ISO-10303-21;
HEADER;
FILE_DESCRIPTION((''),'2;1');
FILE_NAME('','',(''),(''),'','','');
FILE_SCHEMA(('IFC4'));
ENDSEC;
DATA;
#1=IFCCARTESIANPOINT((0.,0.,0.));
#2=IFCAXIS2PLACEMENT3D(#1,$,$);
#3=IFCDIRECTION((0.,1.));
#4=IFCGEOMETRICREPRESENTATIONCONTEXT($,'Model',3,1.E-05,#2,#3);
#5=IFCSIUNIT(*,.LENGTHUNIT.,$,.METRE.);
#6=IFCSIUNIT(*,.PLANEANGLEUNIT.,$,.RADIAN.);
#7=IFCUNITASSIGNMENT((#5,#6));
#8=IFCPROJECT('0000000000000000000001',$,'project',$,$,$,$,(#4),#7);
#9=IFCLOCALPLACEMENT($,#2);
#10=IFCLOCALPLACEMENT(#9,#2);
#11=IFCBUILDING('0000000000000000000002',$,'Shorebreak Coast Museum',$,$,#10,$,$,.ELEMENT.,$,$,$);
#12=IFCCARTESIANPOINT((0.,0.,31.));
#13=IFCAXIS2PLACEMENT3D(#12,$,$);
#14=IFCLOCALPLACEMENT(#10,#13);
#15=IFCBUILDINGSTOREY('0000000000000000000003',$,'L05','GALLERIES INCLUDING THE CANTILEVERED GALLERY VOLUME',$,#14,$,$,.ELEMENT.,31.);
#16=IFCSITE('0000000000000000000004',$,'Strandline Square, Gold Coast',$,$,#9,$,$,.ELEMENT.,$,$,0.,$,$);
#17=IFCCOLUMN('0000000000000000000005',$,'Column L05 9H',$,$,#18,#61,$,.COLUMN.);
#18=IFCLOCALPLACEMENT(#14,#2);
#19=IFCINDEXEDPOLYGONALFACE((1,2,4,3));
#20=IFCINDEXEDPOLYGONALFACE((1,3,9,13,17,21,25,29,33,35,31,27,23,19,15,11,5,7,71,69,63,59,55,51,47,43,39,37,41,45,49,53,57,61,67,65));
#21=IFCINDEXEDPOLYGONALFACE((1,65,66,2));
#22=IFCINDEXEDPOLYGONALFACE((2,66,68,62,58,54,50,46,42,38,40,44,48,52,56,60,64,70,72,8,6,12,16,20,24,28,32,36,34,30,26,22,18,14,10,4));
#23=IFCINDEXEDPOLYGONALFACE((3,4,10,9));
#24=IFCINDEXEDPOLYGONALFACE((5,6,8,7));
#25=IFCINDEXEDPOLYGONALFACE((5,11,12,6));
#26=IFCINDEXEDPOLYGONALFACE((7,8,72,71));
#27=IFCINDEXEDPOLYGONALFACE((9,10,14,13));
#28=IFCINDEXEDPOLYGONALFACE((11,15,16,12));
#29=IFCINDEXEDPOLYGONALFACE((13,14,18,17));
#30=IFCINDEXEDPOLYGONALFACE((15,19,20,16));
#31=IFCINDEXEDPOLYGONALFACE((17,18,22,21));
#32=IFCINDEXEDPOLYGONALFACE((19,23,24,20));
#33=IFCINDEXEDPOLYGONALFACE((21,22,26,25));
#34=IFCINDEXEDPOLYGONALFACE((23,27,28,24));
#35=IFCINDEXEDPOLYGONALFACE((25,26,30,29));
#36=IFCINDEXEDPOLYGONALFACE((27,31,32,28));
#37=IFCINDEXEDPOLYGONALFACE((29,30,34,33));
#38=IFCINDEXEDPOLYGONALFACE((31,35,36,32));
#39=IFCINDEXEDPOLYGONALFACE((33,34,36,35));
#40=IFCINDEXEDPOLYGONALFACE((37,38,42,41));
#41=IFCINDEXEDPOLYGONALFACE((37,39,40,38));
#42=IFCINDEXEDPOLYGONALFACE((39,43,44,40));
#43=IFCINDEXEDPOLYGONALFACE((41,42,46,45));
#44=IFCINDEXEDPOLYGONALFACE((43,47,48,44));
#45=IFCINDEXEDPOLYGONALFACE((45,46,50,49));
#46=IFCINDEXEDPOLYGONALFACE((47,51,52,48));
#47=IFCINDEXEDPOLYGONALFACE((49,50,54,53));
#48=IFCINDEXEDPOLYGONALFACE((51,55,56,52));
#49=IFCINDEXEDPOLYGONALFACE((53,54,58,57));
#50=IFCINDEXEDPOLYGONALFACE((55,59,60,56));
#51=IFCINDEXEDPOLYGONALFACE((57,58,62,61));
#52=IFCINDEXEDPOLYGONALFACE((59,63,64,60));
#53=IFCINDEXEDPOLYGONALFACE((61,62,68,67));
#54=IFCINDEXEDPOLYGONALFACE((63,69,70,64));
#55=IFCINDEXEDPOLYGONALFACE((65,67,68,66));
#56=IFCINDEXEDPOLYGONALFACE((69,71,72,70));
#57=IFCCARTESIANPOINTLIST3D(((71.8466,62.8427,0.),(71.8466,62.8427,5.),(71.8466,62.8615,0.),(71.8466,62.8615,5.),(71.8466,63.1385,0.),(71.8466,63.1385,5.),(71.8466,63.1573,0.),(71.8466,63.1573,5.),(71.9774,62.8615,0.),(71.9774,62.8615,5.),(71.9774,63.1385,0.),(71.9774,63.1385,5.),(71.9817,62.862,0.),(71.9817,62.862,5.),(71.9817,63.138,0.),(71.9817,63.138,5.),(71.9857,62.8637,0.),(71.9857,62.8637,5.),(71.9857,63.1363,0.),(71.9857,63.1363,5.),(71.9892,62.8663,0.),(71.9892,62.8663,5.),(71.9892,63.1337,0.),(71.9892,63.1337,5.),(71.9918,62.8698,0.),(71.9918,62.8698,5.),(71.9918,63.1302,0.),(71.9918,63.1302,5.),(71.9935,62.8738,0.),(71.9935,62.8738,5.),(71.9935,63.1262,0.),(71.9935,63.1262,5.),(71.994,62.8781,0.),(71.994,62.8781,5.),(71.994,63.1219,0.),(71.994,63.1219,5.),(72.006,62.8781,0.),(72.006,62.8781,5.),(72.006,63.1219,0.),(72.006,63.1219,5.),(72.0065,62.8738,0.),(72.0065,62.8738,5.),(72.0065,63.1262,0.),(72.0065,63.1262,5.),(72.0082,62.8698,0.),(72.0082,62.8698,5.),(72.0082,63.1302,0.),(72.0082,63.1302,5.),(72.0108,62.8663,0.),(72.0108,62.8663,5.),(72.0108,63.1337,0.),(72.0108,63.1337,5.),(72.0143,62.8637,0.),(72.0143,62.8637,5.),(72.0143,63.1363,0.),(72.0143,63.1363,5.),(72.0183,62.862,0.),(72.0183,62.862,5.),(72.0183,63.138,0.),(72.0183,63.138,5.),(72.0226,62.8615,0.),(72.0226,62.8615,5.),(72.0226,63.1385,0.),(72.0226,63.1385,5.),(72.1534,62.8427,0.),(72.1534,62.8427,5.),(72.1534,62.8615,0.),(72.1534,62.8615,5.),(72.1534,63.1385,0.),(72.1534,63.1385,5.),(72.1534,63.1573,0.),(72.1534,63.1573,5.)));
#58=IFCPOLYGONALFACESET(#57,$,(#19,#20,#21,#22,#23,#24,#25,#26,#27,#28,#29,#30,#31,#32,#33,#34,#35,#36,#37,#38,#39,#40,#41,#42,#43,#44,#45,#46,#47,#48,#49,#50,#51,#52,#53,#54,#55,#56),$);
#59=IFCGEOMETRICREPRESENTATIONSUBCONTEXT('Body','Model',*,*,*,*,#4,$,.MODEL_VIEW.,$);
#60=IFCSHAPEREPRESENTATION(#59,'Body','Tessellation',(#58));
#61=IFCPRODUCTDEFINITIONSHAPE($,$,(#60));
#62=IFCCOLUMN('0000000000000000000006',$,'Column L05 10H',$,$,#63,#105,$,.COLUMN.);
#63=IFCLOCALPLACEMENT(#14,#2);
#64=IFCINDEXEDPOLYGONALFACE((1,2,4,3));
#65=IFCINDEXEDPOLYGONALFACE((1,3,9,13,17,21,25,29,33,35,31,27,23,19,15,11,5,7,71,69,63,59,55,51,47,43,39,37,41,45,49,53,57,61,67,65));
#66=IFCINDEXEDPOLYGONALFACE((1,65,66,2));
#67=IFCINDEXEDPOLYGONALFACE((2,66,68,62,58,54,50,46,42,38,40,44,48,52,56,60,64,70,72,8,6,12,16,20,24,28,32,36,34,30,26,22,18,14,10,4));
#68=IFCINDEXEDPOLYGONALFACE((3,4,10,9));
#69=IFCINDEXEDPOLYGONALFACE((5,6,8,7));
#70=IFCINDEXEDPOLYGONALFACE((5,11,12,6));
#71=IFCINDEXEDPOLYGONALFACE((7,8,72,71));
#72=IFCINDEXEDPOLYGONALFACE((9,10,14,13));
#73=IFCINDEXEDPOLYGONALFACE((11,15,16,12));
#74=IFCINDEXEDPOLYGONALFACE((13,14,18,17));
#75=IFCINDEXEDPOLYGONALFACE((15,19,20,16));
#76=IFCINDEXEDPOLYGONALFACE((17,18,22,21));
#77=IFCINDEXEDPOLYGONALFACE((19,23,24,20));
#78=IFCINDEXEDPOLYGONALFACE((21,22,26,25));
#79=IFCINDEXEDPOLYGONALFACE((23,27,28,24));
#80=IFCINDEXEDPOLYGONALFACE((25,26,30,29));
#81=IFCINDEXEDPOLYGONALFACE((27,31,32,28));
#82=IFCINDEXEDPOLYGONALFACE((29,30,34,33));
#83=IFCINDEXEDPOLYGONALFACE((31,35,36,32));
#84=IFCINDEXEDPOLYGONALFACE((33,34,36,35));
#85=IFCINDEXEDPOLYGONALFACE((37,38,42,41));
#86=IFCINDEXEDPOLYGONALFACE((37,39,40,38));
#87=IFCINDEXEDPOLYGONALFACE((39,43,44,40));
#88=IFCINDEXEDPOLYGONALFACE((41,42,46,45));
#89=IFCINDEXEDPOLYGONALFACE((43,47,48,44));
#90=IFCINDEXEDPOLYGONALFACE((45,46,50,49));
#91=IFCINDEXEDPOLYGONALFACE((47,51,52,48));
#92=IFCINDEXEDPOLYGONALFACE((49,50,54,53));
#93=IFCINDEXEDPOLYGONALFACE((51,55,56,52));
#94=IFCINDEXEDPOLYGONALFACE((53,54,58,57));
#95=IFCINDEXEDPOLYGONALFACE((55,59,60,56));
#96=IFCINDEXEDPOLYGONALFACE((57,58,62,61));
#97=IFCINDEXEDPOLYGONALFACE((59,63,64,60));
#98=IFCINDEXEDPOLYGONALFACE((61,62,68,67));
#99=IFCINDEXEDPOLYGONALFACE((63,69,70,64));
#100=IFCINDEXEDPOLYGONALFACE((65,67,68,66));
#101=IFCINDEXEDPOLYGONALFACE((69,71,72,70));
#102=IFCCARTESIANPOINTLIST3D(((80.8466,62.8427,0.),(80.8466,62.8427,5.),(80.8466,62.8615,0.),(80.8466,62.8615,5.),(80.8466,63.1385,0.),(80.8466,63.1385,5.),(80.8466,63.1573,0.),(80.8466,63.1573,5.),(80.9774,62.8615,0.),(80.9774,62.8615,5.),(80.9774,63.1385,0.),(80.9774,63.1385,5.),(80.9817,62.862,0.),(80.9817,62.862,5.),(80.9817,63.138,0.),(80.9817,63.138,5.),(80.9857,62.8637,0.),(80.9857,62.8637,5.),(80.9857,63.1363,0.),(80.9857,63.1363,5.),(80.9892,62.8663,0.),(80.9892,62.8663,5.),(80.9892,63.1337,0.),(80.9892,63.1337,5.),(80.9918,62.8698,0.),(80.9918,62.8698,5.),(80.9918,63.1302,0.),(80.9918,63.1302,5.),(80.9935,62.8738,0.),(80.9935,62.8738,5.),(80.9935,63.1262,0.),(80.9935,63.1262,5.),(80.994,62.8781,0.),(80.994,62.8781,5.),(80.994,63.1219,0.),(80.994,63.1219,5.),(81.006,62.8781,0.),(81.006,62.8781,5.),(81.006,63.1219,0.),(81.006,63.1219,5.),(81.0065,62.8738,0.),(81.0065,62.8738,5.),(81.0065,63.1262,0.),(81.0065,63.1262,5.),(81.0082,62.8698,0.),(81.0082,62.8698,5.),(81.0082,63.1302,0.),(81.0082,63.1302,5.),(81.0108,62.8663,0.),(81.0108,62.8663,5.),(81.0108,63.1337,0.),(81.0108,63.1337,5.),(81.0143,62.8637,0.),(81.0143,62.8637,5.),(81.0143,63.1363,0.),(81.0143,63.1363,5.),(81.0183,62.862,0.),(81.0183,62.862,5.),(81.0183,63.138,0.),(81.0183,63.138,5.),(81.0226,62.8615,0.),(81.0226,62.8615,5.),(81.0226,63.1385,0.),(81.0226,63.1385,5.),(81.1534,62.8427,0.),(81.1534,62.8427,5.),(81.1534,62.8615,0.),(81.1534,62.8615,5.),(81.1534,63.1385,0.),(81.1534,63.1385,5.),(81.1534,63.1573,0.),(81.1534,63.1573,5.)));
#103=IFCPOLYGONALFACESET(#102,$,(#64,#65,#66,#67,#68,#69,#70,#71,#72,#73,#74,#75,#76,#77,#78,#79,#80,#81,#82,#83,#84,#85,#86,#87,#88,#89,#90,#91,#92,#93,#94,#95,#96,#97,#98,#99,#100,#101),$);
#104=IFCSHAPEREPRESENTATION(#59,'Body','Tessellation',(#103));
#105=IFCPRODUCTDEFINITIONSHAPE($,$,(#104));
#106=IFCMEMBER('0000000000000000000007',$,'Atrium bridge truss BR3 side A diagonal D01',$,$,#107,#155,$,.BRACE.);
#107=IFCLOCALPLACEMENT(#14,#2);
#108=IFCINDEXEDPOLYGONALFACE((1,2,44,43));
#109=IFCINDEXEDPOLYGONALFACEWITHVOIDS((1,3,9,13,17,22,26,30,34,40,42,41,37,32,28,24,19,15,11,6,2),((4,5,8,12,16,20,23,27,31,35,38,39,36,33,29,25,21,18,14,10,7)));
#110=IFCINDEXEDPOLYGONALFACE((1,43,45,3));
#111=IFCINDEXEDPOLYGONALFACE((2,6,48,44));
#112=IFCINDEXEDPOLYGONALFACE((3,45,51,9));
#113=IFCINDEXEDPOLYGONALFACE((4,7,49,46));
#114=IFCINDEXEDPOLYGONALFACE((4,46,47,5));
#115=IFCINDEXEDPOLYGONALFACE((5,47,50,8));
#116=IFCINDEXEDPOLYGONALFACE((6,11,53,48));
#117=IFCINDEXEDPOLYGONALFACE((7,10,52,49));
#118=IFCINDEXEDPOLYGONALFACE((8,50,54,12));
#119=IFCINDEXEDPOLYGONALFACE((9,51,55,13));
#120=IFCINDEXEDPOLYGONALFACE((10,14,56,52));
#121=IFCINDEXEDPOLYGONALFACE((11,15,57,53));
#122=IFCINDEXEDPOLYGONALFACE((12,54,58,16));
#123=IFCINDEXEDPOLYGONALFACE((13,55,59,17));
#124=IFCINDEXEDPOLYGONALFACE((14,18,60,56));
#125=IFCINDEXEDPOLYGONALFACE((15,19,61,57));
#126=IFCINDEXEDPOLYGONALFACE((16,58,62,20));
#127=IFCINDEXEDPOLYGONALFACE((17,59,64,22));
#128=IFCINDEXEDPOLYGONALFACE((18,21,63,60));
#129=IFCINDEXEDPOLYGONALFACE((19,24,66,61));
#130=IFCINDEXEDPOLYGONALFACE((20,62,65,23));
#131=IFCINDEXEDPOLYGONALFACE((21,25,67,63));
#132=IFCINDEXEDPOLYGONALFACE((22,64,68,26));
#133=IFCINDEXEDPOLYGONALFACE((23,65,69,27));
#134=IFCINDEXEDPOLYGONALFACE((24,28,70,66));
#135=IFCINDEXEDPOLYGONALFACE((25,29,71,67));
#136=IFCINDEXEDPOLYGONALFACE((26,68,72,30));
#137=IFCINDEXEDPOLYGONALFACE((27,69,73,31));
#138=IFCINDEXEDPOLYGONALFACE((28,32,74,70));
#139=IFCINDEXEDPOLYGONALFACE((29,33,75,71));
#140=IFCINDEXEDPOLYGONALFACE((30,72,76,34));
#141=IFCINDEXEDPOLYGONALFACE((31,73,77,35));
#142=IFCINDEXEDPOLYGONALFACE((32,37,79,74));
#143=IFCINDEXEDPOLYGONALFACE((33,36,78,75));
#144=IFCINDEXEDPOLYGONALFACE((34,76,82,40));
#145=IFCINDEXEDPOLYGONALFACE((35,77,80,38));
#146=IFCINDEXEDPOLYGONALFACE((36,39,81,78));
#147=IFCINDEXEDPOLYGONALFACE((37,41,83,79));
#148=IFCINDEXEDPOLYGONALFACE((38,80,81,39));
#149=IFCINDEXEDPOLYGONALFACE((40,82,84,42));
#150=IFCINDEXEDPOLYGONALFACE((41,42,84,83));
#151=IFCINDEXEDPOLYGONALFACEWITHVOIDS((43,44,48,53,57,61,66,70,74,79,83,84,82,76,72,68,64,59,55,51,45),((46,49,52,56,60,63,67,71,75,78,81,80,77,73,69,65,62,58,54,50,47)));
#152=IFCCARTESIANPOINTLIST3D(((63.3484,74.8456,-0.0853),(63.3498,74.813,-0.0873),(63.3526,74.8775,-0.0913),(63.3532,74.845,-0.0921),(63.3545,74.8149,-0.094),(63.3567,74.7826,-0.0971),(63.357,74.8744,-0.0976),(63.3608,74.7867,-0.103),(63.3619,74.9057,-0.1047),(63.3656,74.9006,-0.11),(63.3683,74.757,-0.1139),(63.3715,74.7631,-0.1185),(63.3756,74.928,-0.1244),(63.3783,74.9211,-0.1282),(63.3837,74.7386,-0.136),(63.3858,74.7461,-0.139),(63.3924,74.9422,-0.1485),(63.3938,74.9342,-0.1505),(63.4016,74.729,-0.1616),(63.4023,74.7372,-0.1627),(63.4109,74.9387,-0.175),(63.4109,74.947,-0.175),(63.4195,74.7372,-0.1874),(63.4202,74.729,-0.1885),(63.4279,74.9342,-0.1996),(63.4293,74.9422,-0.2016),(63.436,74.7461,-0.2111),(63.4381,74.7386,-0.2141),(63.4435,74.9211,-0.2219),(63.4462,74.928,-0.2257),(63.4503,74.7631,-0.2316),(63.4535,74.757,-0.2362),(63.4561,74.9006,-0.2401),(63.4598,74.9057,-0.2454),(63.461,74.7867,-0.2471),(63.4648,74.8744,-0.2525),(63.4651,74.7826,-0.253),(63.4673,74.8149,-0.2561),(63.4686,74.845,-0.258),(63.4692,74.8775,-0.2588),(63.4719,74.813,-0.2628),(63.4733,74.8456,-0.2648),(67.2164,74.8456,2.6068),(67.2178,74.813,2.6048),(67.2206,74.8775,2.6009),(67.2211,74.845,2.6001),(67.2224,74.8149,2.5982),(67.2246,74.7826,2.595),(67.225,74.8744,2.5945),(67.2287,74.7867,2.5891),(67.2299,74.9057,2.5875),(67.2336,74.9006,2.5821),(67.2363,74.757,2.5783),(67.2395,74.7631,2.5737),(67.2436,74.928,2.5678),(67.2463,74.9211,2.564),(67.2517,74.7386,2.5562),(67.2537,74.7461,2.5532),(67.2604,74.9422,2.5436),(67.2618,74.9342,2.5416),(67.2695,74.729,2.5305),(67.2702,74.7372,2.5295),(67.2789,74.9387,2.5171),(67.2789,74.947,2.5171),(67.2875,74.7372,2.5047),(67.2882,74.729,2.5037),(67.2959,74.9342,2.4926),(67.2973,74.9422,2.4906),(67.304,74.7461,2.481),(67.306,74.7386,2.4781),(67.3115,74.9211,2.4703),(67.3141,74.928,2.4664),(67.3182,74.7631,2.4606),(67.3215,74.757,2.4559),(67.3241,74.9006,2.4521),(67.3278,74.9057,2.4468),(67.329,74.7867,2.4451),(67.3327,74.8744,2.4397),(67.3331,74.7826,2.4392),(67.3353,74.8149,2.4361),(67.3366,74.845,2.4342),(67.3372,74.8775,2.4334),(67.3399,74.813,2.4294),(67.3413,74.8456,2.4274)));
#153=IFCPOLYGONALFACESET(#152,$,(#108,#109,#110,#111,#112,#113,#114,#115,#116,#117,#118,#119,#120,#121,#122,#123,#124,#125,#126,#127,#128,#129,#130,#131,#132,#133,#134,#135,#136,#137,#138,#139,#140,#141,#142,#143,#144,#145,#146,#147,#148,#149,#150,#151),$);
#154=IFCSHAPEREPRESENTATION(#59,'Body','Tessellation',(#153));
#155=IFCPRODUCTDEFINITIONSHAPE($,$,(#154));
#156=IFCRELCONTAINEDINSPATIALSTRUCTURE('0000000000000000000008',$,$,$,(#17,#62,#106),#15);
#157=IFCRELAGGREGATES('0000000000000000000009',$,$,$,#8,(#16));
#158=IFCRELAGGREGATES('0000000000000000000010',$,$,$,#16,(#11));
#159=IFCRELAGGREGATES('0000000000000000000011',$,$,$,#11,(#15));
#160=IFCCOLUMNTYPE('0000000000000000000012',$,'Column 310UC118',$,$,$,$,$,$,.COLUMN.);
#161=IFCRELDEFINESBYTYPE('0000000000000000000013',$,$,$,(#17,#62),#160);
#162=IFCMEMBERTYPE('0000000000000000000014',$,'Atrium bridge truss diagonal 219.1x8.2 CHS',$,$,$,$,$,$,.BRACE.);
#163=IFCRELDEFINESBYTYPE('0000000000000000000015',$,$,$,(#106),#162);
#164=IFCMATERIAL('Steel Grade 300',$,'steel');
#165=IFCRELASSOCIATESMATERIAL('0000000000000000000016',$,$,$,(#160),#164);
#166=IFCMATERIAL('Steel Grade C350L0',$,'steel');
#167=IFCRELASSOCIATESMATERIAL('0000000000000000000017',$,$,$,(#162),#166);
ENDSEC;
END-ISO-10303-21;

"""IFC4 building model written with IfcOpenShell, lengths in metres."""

from ifc_helpers import new_model, si_unit, direction, frame, origin, origin_2d, place, context, subcontext, project, spatial, hollow_circle, i_section, extrude, material, material_profile, profile_set, type_object, element, save


model = new_model("IFC4")

# Units and contexts
model_context = context("Model", 3, precision=1e-05, world=origin(), true_north=direction((0.0, 1.0)))
body_context = subcontext(model_context, "Body", "Model", "MODEL_VIEW")
ifc_project = project(units=[si_unit("LENGTHUNIT", "METRE"), si_unit("PLANEANGLEUNIT", "RADIAN")], contexts=[model_context])

# Site, building, storey
site_placement = place(None, origin())
site = spatial("IfcSite", under=ifc_project, at=site_placement, Name="Strandline Square, Gold Coast", CompositionType="ELEMENT", RefElevation=0.0)
building_placement = place(site_placement, origin())
building = spatial("IfcBuilding", under=site, at=building_placement, Name="Shorebreak Coast Museum", CompositionType="ELEMENT")
storey_placement = place(building_placement, frame((0.0, 0.0, 31.0)))
storey = spatial("IfcBuildingStorey", under=building, at=storey_placement, Name="L05", Description="GALLERIES INCLUDING THE CANTILEVERED GALLERY VOLUME", CompositionType="ELEMENT", Elevation=31.0)

# Columns
ifc_material_1 = material(Name="Steel Grade 300", Category="steel")
ifc_material_profile_1 = material_profile(ifc_material_1, i_section(OverallWidth=0.3069, OverallDepth=0.3147, WebThickness=0.012, FlangeThickness=0.0188, FilletRadius=0.0166, at=origin_2d()), Name="310UC118")
ifc_profile_set_1 = profile_set([ifc_material_profile_1], Name="Steel Grade 300")
column_type = type_object("IfcColumnType", Name="Column 310UC118", PredefinedType="COLUMN", material=ifc_profile_set_1)
for number, where, z_axis, x_axis, name in (
    (1, (72.0, 63.0, 0.0), (0.0, 0.0, 1.0), (1.0, 0.0, 0.0), "Column L05 9H"),
    (2, (81.0, 63.0, 0.0), (0.0, 0.0, 1.0), (1.0, 0.0, 0.0), "Column L05 10H"),
):
    element("IfcColumn", number, at=place(storey_placement, frame(where, z_axis=z_axis, x_axis=x_axis)), inside=storey, type_object=column_type, Name=name, PredefinedType="COLUMN", context=body_context, shape_type="SweptSolid", body=[
        extrude(i_section(OverallWidth=0.3069, OverallDepth=0.3147, WebThickness=0.012, FlangeThickness=0.0188, FilletRadius=0.0166, at=origin_2d()), origin(), (0.0, 0.0, 1.0), 5.0),
    ])

# Member
ifc_material_2 = material(Name="Steel Grade C350L0", Category="steel")
ifc_material_profile_2 = material_profile(ifc_material_2, hollow_circle(Radius=0.1096, WallThickness=0.0083, at=origin_2d()), Name="219.1x8.2 CHS")
ifc_profile_set_2 = profile_set([ifc_material_profile_2], Name="Steel Grade C350L0")
member_type_1 = type_object("IfcMemberType", Name="Atrium bridge truss diagonal 219.1x8.2 CHS", PredefinedType="BRACE", material=ifc_profile_set_2)
member_1_placement = place(storey_placement, frame((63.4109, 74.8374, -0.175), z_axis=(0.820765, 0.0, 0.571266), x_axis=(0.0, 1.0, 0.0)))
element("IfcMember", 3, at=member_1_placement, inside=storey, type_object=member_type_1, Name="Atrium bridge truss BR3 side A diagonal D01", PredefinedType="BRACE", context=body_context, shape_type="SweptSolid", body=[
    extrude(hollow_circle(Radius=0.1096, WallThickness=0.0083, at=origin_2d()), origin(), (0.0, 0.0, 1.0), 4.7126),
])

save(model, "model.ifc")
